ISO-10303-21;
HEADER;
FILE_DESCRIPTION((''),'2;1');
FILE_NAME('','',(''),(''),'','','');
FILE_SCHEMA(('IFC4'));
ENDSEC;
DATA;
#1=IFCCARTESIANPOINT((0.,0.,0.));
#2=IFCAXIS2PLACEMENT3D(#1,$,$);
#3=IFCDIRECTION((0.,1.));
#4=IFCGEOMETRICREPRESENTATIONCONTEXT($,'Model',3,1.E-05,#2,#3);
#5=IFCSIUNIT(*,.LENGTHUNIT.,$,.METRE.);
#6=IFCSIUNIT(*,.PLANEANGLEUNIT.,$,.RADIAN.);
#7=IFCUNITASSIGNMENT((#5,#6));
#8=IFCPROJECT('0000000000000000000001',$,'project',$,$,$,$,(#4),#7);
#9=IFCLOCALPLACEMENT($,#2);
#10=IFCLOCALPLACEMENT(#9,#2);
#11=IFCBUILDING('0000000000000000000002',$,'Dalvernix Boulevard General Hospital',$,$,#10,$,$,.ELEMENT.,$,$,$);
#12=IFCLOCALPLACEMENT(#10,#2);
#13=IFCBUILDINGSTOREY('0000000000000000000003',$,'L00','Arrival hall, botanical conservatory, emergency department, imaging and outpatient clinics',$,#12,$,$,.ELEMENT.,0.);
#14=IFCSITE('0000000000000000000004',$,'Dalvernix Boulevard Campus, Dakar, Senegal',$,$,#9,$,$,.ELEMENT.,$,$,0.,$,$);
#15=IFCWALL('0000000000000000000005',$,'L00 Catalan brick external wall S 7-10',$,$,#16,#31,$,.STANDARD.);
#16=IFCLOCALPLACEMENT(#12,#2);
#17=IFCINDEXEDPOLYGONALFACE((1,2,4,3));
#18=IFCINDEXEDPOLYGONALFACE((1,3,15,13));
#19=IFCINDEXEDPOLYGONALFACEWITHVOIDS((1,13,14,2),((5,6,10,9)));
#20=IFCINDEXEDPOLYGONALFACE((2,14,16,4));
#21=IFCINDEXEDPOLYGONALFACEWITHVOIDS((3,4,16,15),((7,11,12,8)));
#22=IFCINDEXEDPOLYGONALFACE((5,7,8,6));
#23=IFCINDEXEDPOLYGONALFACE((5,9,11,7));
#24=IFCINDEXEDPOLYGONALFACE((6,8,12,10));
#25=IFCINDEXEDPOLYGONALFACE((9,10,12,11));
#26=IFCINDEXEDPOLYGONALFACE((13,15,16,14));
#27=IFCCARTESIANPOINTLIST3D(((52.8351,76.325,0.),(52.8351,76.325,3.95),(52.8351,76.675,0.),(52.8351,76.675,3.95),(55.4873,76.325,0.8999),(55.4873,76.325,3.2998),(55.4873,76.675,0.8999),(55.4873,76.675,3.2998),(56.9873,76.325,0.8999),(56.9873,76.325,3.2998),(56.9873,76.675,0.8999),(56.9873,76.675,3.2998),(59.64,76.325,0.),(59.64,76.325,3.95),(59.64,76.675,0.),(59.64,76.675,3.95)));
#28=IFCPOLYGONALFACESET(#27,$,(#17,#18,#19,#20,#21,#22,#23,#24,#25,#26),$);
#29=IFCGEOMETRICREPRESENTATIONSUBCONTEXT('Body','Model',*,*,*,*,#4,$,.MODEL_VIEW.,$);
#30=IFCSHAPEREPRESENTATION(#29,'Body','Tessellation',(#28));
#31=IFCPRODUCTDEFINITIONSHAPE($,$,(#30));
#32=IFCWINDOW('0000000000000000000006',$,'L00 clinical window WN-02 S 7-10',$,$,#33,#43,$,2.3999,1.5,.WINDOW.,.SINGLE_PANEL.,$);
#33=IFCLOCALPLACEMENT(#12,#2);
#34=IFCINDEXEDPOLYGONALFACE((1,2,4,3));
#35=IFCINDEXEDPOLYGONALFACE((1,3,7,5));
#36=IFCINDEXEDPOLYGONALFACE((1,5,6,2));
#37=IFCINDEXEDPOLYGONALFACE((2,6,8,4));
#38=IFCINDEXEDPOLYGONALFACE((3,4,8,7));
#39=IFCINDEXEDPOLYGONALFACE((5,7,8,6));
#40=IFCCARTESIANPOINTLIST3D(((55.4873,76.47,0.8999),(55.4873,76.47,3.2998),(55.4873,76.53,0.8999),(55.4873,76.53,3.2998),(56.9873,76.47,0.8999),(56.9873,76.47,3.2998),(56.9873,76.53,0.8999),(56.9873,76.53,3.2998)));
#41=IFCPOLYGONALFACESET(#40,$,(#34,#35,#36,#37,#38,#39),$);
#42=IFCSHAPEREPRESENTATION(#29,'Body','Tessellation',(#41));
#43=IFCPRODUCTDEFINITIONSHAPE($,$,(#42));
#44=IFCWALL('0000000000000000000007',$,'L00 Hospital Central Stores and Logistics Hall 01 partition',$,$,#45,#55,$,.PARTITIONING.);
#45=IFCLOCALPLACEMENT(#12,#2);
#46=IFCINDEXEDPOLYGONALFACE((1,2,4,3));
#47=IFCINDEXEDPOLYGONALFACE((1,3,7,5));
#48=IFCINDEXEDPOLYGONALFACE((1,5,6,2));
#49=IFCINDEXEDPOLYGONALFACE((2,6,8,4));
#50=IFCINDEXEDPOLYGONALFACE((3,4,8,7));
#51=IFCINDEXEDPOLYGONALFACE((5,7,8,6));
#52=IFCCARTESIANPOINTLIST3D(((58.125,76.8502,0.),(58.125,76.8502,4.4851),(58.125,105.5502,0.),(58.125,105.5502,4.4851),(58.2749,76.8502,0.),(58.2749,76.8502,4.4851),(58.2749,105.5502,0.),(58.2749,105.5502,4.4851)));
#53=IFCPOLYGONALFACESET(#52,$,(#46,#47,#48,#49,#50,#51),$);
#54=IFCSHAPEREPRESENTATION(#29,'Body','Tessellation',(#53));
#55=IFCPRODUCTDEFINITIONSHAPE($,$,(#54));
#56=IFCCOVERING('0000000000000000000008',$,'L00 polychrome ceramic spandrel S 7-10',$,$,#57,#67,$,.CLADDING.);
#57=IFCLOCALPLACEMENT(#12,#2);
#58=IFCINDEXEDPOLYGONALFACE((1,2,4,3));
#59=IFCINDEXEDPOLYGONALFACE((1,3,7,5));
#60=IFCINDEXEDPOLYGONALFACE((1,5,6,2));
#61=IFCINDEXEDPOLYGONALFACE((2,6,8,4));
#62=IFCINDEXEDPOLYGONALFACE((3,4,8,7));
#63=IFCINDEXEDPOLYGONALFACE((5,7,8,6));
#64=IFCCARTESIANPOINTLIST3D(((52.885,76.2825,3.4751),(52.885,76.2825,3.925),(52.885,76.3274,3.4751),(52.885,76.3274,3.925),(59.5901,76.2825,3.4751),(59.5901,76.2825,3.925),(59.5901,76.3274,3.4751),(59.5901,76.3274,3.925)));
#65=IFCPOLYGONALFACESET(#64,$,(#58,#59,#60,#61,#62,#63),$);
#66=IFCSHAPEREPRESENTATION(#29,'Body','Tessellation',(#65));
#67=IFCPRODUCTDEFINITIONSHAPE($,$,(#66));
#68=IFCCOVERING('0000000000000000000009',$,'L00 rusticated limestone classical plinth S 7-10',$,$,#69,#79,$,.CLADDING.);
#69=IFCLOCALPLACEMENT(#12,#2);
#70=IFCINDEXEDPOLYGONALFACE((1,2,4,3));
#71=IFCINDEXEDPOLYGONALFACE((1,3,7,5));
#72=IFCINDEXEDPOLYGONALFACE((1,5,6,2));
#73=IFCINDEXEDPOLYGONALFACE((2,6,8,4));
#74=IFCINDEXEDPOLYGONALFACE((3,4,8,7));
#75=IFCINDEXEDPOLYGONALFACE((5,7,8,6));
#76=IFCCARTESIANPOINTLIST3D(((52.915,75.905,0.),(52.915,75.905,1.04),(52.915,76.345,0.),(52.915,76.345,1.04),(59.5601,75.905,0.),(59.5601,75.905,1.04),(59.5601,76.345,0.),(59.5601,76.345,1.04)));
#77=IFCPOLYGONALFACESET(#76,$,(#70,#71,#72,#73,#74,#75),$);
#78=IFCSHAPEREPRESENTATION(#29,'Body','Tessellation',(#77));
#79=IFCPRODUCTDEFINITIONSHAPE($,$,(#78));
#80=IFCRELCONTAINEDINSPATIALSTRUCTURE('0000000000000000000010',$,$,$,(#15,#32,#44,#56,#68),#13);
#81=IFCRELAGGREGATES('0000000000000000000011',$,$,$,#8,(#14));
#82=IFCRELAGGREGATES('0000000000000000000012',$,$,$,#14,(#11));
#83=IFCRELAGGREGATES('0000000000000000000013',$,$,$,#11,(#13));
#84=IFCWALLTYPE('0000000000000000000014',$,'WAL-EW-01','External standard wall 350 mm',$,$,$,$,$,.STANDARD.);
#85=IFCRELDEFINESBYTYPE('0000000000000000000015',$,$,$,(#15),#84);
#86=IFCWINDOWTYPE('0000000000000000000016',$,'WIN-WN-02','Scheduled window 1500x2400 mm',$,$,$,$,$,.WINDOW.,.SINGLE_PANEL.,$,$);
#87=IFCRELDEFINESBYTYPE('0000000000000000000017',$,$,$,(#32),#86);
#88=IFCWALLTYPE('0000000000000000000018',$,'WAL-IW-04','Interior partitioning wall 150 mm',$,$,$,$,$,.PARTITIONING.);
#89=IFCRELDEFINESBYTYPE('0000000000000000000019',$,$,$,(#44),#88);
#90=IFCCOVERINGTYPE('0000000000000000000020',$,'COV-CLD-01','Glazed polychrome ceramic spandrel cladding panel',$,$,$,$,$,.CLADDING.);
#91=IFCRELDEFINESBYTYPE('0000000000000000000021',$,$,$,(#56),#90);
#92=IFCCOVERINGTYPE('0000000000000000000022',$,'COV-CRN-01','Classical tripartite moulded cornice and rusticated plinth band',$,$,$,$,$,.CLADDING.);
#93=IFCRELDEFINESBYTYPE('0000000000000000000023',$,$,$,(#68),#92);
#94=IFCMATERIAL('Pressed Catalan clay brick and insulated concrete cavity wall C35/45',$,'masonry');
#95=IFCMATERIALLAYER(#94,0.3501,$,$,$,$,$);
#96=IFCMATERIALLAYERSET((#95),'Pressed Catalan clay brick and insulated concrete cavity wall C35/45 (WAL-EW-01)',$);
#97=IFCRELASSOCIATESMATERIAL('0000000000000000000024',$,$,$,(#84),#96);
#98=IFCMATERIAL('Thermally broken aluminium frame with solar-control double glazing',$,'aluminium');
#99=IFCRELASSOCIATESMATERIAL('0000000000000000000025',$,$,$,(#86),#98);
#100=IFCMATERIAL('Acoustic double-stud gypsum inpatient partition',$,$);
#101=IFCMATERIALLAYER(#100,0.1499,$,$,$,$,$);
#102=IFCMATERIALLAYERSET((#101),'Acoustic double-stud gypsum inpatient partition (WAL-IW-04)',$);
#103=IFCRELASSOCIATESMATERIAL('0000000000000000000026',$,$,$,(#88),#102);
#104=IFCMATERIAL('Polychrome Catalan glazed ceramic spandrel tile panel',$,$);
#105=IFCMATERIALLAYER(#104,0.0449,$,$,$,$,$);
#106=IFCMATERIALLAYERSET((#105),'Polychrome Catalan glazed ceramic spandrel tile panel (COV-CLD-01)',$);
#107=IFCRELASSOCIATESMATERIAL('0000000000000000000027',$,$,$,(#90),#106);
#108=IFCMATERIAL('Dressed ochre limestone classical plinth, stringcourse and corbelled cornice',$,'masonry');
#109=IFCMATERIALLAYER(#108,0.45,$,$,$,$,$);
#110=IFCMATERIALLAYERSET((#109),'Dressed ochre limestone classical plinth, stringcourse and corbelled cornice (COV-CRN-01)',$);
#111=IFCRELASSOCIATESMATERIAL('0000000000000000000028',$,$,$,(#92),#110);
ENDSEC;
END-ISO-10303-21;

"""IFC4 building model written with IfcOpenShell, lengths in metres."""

from ifc_helpers import new_model, si_unit, direction, frame, frame_2d, origin, origin_2d, place, context, subcontext, project, spatial, rectangle, extrude, material, layer, layer_set, type_object, element, fill, save


model = new_model("IFC4")

# Units and contexts
model_context = context("Model", 3, precision=1e-05, world=origin(), true_north=direction((0.0, 1.0)))
body_context = subcontext(model_context, "Body", "Model", "MODEL_VIEW")
ifc_project = project(units=[si_unit("LENGTHUNIT", "METRE"), si_unit("PLANEANGLEUNIT", "RADIAN")], contexts=[model_context])

# Site, building, storey
site_placement = place(None, origin())
site = spatial("IfcSite", under=ifc_project, at=site_placement, Name="Dalvernix Boulevard Campus, Dakar, Senegal", CompositionType="ELEMENT", RefElevation=0.0)
building_placement = place(site_placement, origin())
building = spatial("IfcBuilding", under=site, at=building_placement, Name="Dalvernix Boulevard General Hospital", CompositionType="ELEMENT")
storey_placement = place(building_placement, origin())
storey = spatial("IfcBuildingStorey", under=building, at=storey_placement, Name="L00", Description="Arrival hall, botanical conservatory, emergency department, imaging and outpatient clinics", CompositionType="ELEMENT", Elevation=0.0)

# Wall, opening, window
ifc_material_1 = material(Name="Pressed Catalan clay brick and insulated concrete cavity wall C35/45", Category="masonry")
ifc_layer_1 = layer(ifc_material_1, 0.3501)
ifc_layer_set_1 = layer_set([ifc_layer_1], Name="Pressed Catalan clay brick and insulated concrete cavity wall C35/45 (WAL-EW-01)")
wall_type_1 = type_object("IfcWallType", Name="WAL-EW-01", Description="External standard wall 350 mm", PredefinedType="STANDARD", material=ifc_layer_set_1)
wall_1_placement = place(storey_placement, frame((59.6399, 76.5, 0.0), z_axis=(0.0, 0.0, 1.0), x_axis=(-1.0, 0.0, 0.0)))
wall_1 = element("IfcWall", 1, at=wall_1_placement, inside=storey, type_object=wall_type_1, Name="L00 Catalan brick external wall S 7-10", PredefinedType="STANDARD", context=body_context, shape_type="SweptSolid", body=[
    extrude(rectangle(XDim=6.8049, YDim=0.3501, at=frame_2d((3.4023, 0.0))), origin(), (0.0, 0.0, 1.0), 3.95),
])
opening_placement = place(wall_1_placement, frame((2.6526, 0.0, 0.8999)))
opening = element("IfcOpeningElement", 2, at=opening_placement, cuts=wall_1, PredefinedType="OPENING", context=body_context, shape_type="SweptSolid", body=[
    extrude(rectangle(XDim=1.5, YDim=2.3999, at=frame_2d((0.75, 1.2))), frame((0.0, 0.1851, 0.0), z_axis=(0.0, -1.0, 0.0), x_axis=(1.0, 0.0, 0.0)), (0.0, 0.0, 1.0), 0.3701),
])
ifc_material_2 = material(Name="Thermally broken aluminium frame with solar-control double glazing", Category="aluminium")
window_type = type_object("IfcWindowType", Name="WIN-WN-02", Description="Scheduled window 1500x2400 mm", PartitioningType="SINGLE_PANEL", PredefinedType="WINDOW", material=ifc_material_2)
window_placement = place(opening_placement, origin())
window = element("IfcWindow", 3, at=window_placement, inside=storey, type_object=window_type, Name="L00 clinical window WN-02 S 7-10", OverallHeight=2.3999, OverallWidth=1.5, PartitioningType="SINGLE_PANEL", PredefinedType="WINDOW", context=body_context, shape_type="SweptSolid", body=[
    extrude(rectangle(XDim=1.5, YDim=2.3999, at=frame_2d((0.75, 1.2))), frame((0.0, 0.03, 0.0), z_axis=(0.0, -1.0, 0.0), x_axis=(1.0, 0.0, 0.0)), (0.0, 0.0, 1.0), 0.0601),
])
fill(opening, window)

# Wall
ifc_material_3 = material(Name="Acoustic double-stud gypsum inpatient partition")
ifc_layer_2 = layer(ifc_material_3, 0.1499)
ifc_layer_set_2 = layer_set([ifc_layer_2], Name="Acoustic double-stud gypsum inpatient partition (WAL-IW-04)")
wall_type_2 = type_object("IfcWallType", Name="WAL-IW-04", Description="Interior partitioning wall 150 mm", PredefinedType="PARTITIONING", material=ifc_layer_set_2)
wall_2_placement = place(storey_placement, frame((58.2, 76.8501, 0.0), z_axis=(0.0, 0.0, 1.0), x_axis=(0.0, 1.0, 0.0)))
element("IfcWall", 4, at=wall_2_placement, inside=storey, type_object=wall_type_2, Name="L00 Hospital Central Stores and Logistics Hall 01 partition", PredefinedType="PARTITIONING", context=body_context, shape_type="SweptSolid", body=[
    extrude(rectangle(XDim=28.7, YDim=0.1499, at=frame_2d((14.3501, 0.0))), origin(), (0.0, 0.0, 1.0), 4.4851),
])

# Coverings
ifc_material_4 = material(Name="Polychrome Catalan glazed ceramic spandrel tile panel")
ifc_layer_3 = layer(ifc_material_4, 0.0449)
ifc_layer_set_3 = layer_set([ifc_layer_3], Name="Polychrome Catalan glazed ceramic spandrel tile panel (COV-CLD-01)")
covering_type_1 = type_object("IfcCoveringType", Name="COV-CLD-01", Description="Glazed polychrome ceramic spandrel cladding panel", PredefinedType="CLADDING", material=ifc_layer_set_3)
covering_1_placement = place(storey_placement, frame((56.2375, 76.3049, 3.4751), z_axis=(0.0, 0.0, 1.0), x_axis=(-1.0, 0.0, 0.0)))
element("IfcCovering", 5, at=covering_1_placement, inside=storey, type_object=covering_type_1, Name="L00 polychrome ceramic spandrel S 7-10", PredefinedType="CLADDING", context=body_context, shape_type="SweptSolid", body=[
    extrude(rectangle(XDim=6.7051, YDim=0.0449, at=origin_2d()), origin(), (0.0, 0.0, 1.0), 0.45),
])
ifc_material_5 = material(Name="Dressed ochre limestone classical plinth, stringcourse and corbelled cornice", Category="masonry")
ifc_layer_4 = layer(ifc_material_5, 0.45)
ifc_layer_set_4 = layer_set([ifc_layer_4], Name="Dressed ochre limestone classical plinth, stringcourse and corbelled cornice (COV-CRN-01)")
covering_type_2 = type_object("IfcCoveringType", Name="COV-CRN-01", Description="Classical tripartite moulded cornice and rusticated plinth band", PredefinedType="CLADDING", material=ifc_layer_set_4)
covering_2_placement = place(storey_placement, frame((56.2375, 76.125, 0.0), z_axis=(0.0, 0.0, 1.0), x_axis=(-1.0, 0.0, 0.0)))
element("IfcCovering", 6, at=covering_2_placement, inside=storey, type_object=covering_type_2, Name="L00 rusticated limestone classical plinth S 7-10", PredefinedType="CLADDING", context=body_context, shape_type="SweptSolid", body=[
    extrude(rectangle(XDim=6.645, YDim=0.4399, at=origin_2d()), origin(), (0.0, 0.0, 1.0), 1.04),
])

save(model, "model.ifc")
